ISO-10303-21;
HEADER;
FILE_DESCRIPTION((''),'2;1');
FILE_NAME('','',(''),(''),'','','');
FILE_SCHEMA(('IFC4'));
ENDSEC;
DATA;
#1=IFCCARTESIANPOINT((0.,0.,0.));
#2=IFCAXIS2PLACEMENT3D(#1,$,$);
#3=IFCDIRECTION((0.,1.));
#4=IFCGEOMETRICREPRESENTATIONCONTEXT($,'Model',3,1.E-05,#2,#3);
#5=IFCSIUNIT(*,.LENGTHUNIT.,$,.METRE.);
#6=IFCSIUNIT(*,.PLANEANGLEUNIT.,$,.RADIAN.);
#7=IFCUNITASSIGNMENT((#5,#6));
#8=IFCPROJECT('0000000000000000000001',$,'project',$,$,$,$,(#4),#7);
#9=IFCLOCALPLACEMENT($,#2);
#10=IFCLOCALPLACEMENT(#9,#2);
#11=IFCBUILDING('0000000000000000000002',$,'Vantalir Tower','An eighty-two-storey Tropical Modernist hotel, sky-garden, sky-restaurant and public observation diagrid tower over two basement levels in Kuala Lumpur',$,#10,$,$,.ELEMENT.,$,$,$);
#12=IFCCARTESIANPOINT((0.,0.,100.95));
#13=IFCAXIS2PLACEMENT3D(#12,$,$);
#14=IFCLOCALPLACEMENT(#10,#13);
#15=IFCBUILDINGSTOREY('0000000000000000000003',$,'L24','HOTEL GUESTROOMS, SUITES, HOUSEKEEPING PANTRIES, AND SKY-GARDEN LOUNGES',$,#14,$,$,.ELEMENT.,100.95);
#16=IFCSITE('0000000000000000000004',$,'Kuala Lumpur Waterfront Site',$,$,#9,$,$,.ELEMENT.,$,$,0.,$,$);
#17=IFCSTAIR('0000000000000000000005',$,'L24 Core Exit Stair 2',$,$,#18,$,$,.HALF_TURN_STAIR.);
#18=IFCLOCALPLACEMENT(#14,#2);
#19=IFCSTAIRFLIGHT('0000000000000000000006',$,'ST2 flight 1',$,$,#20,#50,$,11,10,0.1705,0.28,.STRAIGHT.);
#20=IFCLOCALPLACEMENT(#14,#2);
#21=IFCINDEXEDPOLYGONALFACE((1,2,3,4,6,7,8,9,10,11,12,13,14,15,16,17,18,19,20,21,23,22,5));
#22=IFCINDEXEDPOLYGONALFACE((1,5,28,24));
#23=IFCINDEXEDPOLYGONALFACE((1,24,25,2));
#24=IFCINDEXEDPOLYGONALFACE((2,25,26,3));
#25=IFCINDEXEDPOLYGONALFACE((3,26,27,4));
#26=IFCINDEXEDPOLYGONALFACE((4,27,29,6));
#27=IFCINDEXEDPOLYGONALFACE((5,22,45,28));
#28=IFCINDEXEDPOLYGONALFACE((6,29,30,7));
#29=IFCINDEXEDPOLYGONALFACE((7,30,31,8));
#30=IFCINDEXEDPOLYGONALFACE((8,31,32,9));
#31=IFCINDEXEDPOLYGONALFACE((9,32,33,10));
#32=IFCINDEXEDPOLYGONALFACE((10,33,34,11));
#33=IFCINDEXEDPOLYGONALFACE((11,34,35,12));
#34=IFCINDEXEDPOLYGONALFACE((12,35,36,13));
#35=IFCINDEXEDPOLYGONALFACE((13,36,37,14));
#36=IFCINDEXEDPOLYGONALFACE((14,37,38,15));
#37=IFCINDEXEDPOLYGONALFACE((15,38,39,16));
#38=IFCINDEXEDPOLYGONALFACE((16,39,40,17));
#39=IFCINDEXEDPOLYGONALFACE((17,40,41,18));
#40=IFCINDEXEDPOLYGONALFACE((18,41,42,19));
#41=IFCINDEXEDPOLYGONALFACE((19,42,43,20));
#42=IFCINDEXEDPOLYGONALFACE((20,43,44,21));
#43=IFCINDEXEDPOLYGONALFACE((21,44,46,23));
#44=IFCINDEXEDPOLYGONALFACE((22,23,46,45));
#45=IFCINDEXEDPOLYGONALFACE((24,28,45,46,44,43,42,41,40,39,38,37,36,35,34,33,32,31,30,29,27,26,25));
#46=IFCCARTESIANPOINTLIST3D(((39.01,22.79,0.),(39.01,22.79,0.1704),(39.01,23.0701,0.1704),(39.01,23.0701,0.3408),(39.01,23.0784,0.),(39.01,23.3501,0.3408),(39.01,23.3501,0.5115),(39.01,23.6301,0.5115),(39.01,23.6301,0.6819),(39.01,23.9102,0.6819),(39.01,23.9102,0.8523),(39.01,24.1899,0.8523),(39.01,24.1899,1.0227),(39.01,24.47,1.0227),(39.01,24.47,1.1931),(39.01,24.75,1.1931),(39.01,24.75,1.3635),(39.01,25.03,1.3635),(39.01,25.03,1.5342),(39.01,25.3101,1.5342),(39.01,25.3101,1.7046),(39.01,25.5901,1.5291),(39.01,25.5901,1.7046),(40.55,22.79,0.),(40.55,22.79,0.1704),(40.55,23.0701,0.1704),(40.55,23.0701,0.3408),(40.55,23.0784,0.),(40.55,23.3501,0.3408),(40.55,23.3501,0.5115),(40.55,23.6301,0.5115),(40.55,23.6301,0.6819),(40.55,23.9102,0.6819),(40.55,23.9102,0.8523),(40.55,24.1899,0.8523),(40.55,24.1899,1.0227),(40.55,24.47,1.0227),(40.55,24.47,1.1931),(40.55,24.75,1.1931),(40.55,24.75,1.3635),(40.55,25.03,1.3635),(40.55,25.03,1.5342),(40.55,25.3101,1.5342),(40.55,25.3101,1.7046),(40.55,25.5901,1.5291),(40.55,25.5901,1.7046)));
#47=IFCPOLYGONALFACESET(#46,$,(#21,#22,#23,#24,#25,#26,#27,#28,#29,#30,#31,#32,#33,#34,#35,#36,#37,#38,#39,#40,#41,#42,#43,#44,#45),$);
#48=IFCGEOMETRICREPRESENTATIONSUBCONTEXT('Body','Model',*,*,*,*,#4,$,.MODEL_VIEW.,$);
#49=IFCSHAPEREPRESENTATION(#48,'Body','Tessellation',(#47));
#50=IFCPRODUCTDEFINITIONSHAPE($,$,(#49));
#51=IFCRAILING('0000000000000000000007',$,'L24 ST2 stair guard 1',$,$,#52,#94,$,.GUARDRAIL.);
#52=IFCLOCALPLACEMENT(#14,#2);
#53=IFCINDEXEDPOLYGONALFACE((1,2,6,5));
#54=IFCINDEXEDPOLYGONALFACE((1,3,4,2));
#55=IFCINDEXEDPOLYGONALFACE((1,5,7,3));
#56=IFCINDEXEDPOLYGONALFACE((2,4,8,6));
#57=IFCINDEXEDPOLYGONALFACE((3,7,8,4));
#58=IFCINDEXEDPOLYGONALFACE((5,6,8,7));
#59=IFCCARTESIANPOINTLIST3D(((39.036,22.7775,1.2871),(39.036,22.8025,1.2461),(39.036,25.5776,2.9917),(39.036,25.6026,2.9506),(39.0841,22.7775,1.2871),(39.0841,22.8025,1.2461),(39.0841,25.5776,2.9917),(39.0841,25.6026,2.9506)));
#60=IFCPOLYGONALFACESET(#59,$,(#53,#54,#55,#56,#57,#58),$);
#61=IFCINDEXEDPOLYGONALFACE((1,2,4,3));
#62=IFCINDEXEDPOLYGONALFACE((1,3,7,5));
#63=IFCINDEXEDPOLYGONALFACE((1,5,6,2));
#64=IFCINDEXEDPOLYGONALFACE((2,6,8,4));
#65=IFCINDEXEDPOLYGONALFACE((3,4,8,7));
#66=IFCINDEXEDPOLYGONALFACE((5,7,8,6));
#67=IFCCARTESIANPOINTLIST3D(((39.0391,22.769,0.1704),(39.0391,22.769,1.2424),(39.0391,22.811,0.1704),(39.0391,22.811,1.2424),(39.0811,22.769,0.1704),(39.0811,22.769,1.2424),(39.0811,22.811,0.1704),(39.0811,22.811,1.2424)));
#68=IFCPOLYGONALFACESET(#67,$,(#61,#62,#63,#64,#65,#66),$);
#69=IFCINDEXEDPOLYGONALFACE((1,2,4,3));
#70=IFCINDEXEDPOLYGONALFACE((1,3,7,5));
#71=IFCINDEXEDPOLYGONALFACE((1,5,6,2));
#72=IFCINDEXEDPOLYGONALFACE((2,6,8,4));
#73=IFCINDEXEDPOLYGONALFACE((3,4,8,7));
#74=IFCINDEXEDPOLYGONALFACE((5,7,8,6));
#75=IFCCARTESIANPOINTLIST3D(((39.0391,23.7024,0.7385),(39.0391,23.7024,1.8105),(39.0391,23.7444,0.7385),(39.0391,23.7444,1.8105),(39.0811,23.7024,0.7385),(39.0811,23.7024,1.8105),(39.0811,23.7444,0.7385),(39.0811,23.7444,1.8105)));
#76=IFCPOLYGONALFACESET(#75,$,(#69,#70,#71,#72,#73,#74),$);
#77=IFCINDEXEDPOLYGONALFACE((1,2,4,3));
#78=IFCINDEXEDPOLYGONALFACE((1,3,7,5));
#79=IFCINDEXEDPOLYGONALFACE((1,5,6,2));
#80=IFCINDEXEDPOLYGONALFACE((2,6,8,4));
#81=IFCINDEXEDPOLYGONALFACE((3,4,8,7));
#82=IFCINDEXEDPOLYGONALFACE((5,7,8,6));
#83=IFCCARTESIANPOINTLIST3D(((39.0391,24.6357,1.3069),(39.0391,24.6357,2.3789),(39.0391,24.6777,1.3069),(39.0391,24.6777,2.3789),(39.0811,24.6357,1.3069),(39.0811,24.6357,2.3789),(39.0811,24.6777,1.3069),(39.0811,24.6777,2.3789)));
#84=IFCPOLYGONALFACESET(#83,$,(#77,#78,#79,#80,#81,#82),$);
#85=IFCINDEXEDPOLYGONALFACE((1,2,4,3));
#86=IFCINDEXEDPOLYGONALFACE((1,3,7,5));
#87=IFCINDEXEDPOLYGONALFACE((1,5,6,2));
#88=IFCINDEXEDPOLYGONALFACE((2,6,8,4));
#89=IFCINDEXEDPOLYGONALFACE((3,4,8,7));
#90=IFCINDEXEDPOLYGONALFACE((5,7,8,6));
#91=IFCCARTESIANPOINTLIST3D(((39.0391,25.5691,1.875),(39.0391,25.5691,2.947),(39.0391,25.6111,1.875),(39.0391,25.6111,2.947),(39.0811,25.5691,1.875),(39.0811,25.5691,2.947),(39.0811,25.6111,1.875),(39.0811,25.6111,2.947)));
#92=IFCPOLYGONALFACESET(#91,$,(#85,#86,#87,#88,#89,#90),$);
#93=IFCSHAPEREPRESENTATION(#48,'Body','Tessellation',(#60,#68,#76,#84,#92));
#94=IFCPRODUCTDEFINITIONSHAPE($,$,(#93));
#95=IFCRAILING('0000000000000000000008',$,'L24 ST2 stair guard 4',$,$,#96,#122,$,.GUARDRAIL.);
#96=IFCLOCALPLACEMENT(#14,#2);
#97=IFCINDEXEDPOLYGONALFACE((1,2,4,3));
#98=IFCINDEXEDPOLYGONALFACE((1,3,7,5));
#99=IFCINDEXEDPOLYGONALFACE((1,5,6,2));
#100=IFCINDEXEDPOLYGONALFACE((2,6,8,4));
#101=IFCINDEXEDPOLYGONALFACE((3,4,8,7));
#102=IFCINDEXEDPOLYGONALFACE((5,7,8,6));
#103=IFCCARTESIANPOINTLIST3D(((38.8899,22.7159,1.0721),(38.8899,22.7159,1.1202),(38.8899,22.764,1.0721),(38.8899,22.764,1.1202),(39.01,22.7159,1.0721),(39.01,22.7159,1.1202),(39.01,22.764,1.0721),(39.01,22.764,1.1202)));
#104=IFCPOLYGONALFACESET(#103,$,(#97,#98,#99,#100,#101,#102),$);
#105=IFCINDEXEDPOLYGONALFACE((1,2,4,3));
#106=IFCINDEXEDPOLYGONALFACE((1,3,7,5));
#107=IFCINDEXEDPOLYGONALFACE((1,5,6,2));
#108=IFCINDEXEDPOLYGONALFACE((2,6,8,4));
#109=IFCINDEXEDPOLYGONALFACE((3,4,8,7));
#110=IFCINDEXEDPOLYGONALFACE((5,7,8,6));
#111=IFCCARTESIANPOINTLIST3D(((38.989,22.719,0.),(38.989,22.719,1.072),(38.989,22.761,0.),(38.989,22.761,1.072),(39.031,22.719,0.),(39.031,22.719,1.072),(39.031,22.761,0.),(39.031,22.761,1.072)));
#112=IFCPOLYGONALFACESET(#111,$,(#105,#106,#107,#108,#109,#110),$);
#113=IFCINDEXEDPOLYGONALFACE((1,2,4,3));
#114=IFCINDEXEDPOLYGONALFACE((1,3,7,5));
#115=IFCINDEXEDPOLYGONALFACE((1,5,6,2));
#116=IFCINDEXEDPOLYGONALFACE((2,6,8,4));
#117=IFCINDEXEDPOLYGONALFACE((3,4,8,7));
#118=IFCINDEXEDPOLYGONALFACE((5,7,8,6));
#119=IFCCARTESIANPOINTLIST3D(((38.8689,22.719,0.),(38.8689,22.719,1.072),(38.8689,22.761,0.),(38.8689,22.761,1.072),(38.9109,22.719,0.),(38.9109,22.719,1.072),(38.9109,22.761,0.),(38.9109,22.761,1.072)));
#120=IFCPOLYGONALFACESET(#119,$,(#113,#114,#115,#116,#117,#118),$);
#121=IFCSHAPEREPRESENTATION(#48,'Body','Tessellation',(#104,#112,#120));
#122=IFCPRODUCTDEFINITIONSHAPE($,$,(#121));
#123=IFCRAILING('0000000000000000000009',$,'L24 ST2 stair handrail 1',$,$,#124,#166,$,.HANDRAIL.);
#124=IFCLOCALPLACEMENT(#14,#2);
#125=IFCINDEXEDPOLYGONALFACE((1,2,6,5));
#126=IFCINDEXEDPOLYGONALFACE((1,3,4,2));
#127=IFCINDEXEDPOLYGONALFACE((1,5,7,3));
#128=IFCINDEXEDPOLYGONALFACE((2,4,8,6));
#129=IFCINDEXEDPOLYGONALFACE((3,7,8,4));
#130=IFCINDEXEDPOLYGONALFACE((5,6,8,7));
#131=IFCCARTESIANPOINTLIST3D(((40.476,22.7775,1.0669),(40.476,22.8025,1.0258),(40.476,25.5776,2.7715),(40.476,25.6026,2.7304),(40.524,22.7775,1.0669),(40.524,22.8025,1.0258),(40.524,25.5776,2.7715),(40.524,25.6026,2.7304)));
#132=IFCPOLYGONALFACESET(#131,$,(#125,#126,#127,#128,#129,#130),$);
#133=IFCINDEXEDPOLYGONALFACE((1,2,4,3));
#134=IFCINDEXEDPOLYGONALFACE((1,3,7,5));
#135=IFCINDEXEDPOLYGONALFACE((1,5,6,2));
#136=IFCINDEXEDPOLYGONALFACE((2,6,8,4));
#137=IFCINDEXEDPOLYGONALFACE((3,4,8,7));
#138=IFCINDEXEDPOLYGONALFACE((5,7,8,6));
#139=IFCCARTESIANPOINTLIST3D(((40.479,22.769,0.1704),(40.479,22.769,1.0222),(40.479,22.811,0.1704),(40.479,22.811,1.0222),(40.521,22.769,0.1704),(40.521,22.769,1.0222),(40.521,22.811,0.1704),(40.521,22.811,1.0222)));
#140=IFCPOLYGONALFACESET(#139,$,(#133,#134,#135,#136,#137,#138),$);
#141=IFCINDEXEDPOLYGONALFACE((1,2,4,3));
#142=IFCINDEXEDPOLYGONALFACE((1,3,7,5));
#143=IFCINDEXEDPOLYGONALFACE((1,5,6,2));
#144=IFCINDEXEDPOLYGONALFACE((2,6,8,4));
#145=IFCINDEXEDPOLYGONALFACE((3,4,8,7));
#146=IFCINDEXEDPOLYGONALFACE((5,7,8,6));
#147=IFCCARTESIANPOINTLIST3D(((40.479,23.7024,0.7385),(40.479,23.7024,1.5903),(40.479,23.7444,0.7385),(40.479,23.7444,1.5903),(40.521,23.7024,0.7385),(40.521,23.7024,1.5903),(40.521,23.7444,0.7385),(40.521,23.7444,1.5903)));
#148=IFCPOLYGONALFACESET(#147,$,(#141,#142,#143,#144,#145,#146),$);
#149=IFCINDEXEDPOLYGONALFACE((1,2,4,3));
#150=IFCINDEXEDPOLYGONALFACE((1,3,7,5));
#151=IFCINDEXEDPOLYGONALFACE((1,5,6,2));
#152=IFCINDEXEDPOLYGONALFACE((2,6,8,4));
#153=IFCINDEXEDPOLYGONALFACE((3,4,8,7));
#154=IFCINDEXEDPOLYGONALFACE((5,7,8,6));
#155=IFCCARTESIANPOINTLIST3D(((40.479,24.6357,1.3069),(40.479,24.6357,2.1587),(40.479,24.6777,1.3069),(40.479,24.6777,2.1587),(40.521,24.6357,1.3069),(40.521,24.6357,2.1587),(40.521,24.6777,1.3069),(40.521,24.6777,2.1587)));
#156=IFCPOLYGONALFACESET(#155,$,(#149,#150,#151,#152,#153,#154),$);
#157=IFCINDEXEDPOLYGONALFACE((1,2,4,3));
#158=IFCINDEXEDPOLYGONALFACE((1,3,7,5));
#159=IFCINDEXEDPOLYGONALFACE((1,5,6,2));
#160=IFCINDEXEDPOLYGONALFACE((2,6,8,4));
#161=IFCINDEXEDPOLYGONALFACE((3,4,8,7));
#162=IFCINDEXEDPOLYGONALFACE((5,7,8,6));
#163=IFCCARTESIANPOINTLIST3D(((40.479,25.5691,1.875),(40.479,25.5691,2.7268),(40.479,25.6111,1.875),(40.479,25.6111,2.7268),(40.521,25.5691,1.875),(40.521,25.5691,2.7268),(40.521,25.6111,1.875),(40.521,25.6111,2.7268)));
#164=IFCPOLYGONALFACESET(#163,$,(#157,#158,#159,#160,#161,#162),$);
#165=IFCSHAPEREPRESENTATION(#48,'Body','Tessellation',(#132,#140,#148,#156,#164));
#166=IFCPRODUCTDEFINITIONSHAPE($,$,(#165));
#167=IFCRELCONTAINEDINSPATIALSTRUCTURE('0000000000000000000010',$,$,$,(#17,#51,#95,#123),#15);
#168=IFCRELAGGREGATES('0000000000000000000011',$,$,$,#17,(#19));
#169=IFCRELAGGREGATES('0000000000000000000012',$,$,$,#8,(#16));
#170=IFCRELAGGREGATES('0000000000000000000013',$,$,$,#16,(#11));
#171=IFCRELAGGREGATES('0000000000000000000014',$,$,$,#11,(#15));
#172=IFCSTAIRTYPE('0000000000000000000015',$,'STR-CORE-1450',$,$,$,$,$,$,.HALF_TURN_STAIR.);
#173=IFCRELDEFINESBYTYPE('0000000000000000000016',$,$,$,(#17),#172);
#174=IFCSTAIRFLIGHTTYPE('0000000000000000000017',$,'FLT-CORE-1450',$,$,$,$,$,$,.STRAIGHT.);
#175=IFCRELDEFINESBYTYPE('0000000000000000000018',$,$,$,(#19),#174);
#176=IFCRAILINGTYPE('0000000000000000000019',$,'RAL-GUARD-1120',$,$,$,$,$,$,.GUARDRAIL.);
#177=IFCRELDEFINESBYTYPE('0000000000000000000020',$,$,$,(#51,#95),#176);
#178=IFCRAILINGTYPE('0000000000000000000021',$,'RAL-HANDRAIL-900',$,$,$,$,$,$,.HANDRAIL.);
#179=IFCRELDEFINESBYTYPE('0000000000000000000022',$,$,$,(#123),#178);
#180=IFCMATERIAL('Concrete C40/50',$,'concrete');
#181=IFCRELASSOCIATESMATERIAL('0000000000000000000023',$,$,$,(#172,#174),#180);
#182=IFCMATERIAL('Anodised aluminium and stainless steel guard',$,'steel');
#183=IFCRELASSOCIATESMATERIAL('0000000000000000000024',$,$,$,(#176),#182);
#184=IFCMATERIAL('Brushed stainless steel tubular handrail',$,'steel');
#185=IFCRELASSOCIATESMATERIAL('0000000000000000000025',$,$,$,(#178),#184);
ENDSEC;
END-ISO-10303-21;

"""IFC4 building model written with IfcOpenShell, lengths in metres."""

from ifc_helpers import new_model, si_unit, direction, frame, origin, origin_2d, place, context, subcontext, project, spatial, polyline, rectangle, outline, extrude, material, type_object, element, aggregate, save


model = new_model("IFC4")

# Units and contexts
model_context = context("Model", 3, precision=1e-05, world=origin(), true_north=direction((0.0, 1.0)))
body_context = subcontext(model_context, "Body", "Model", "MODEL_VIEW")
ifc_project = project(units=[si_unit("LENGTHUNIT", "METRE"), si_unit("PLANEANGLEUNIT", "RADIAN")], contexts=[model_context])

# Site, building, storey
site_placement = place(None, origin())
site = spatial("IfcSite", under=ifc_project, at=site_placement, Name="Kuala Lumpur Waterfront Site", CompositionType="ELEMENT", RefElevation=0.0)
building_placement = place(site_placement, origin())
building = spatial("IfcBuilding", under=site, at=building_placement, Name="Vantalir Tower", Description="An eighty-two-storey Tropical Modernist hotel, sky-garden, sky-restaurant and public observation diagrid tower over two basement levels in Kuala Lumpur", CompositionType="ELEMENT")
storey_placement = place(building_placement, frame((0.0, 0.0, 100.95)))
storey = spatial("IfcBuildingStorey", under=building, at=storey_placement, Name="L24", Description="HOTEL GUESTROOMS, SUITES, HOUSEKEEPING PANTRIES, AND SKY-GARDEN LOUNGES", CompositionType="ELEMENT", Elevation=100.95)

# Stair, stair flight
ifc_material_1 = material(Name="Concrete C40/50", Category="concrete")
stair_type = type_object("IfcStairType", Name="STR-CORE-1450", PredefinedType="HALF_TURN_STAIR", material=ifc_material_1)
stair_placement = place(storey_placement, origin())
stair = element("IfcStair", 1, at=stair_placement, inside=storey, type_object=stair_type, Name="L24 Core Exit Stair 2", PredefinedType="HALF_TURN_STAIR")
stair_flight_type = type_object("IfcStairFlightType", Name="FLT-CORE-1450", PredefinedType="STRAIGHT", material=ifc_material_1)
stair_flight_placement = place(storey_placement, frame((39.78, 22.79, 0.0), z_axis=(0.0, 0.0, 1.0), x_axis=(0.0, 1.0, 0.0)))
stair_flight = element("IfcStairFlight", 2, at=stair_flight_placement, type_object=stair_flight_type, Name="ST2 flight 1", NumberOfRisers=11, NumberOfTreads=10, PredefinedType="STRAIGHT", RiserHeight=0.1705, TreadLength=0.28, context=body_context, shape_type="SweptSolid", body=[
    extrude(outline(polyline([(0.0, 0.0), (0.0, 0.1704), (0.28, 0.1704), (0.28, 0.3408), (0.5601, 0.3408), (0.5601, 0.5115), (0.8401, 0.5115), (0.8401, 0.6819), (1.1201, 0.6819), (1.1201, 0.8523), (1.3999, 0.8523), (1.3999, 1.0227), (1.6799, 1.0227), (1.6799, 1.1931), (1.96, 1.1931), (1.96, 1.3635), (2.24, 1.3635), (2.24, 1.5342), (2.52, 1.5342), (2.52, 1.7046), (2.8, 1.7046), (2.8, 1.875), (2.8, 1.5291), (0.2883, 0.0), (0.0, 0.0)])), frame((0.0, 0.77, 0.0), z_axis=(0.0, -1.0, 0.0), x_axis=(1.0, 0.0, 0.0)), (0.0, 0.0, 1.0), 1.54),
])
aggregate(stair, [stair_flight])

# Railings
ifc_material_2 = material(Name="Anodised aluminium and stainless steel guard", Category="steel")
railing_type_1 = type_object("IfcRailingType", Name="RAL-GUARD-1120", PredefinedType="GUARDRAIL", material=ifc_material_2)
railing_1_placement = place(storey_placement, frame((39.0601, 22.79, 0.1704)))
element("IfcRailing", 3, at=railing_1_placement, inside=storey, type_object=railing_type_1, Name="L24 ST2 stair guard 1", PredefinedType="GUARDRAIL", context=body_context, shape_type="SweptSolid", body=[
    extrude(rectangle(XDim=0.0481, YDim=0.0481, at=origin_2d()), frame((0.0, 0.0, 1.0962), z_axis=(0.0, 0.85417, 0.519994), x_axis=(-1.0, 0.0, 0.0)), (0.0, 0.0, 1.0), 3.2781),
    extrude(rectangle(XDim=0.042, YDim=0.042, at=origin_2d()), origin(), (0.0, 0.0, 1.0), 1.072),
    extrude(rectangle(XDim=0.042, YDim=0.042, at=origin_2d()), frame((0.0, 0.9333, 0.5681)), (0.0, 0.0, 1.0), 1.072),
    extrude(rectangle(XDim=0.042, YDim=0.042, at=origin_2d()), frame((0.0, 1.8667, 1.1365)), (0.0, 0.0, 1.0), 1.072),
    extrude(rectangle(XDim=0.042, YDim=0.042, at=origin_2d()), frame((0.0, 2.8, 1.7046)), (0.0, 0.0, 1.0), 1.072),
])
railing_2_placement = place(storey_placement, frame((39.01, 22.74, 0.0)))
element("IfcRailing", 4, at=railing_2_placement, inside=storey, type_object=railing_type_1, Name="L24 ST2 stair guard 4", PredefinedType="GUARDRAIL", context=body_context, shape_type="SweptSolid", body=[
    extrude(rectangle(XDim=0.0481, YDim=0.0481, at=origin_2d()), frame((0.0, 0.0, 1.0962), z_axis=(-1.0, 0.0, 0.0), x_axis=(0.0, -1.0, 0.0)), (0.0, 0.0, 1.0), 0.1201),
    extrude(rectangle(XDim=0.042, YDim=0.042, at=origin_2d()), origin(), (0.0, 0.0, 1.0), 1.072),
    extrude(rectangle(XDim=0.042, YDim=0.042, at=origin_2d()), frame((-0.1201, 0.0, 0.0)), (0.0, 0.0, 1.0), 1.072),
])
ifc_material_3 = material(Name="Brushed stainless steel tubular handrail", Category="steel")
railing_type_2 = type_object("IfcRailingType", Name="RAL-HANDRAIL-900", PredefinedType="HANDRAIL", material=ifc_material_3)
railing_3_placement = place(storey_placement, frame((40.5, 22.79, 0.1704)))
element("IfcRailing", 5, at=railing_3_placement, inside=storey, type_object=railing_type_2, Name="L24 ST2 stair handrail 1", PredefinedType="HANDRAIL", context=body_context, shape_type="SweptSolid", body=[
    extrude(rectangle(XDim=0.0481, YDim=0.0481, at=origin_2d()), frame((0.0, 0.0, 0.876), z_axis=(0.0, 0.85417, 0.519994), x_axis=(-1.0, 0.0, 0.0)), (0.0, 0.0, 1.0), 3.2781),
    extrude(rectangle(XDim=0.042, YDim=0.042, at=origin_2d()), origin(), (0.0, 0.0, 1.0), 0.8518),
    extrude(rectangle(XDim=0.042, YDim=0.042, at=origin_2d()), frame((0.0, 0.9333, 0.5681)), (0.0, 0.0, 1.0), 0.8518),
    extrude(rectangle(XDim=0.042, YDim=0.042, at=origin_2d()), frame((0.0, 1.8667, 1.1365)), (0.0, 0.0, 1.0), 0.8518),
    extrude(rectangle(XDim=0.042, YDim=0.042, at=origin_2d()), frame((0.0, 2.8, 1.7046)), (0.0, 0.0, 1.0), 0.8518),
])

save(model, "model.ifc")
